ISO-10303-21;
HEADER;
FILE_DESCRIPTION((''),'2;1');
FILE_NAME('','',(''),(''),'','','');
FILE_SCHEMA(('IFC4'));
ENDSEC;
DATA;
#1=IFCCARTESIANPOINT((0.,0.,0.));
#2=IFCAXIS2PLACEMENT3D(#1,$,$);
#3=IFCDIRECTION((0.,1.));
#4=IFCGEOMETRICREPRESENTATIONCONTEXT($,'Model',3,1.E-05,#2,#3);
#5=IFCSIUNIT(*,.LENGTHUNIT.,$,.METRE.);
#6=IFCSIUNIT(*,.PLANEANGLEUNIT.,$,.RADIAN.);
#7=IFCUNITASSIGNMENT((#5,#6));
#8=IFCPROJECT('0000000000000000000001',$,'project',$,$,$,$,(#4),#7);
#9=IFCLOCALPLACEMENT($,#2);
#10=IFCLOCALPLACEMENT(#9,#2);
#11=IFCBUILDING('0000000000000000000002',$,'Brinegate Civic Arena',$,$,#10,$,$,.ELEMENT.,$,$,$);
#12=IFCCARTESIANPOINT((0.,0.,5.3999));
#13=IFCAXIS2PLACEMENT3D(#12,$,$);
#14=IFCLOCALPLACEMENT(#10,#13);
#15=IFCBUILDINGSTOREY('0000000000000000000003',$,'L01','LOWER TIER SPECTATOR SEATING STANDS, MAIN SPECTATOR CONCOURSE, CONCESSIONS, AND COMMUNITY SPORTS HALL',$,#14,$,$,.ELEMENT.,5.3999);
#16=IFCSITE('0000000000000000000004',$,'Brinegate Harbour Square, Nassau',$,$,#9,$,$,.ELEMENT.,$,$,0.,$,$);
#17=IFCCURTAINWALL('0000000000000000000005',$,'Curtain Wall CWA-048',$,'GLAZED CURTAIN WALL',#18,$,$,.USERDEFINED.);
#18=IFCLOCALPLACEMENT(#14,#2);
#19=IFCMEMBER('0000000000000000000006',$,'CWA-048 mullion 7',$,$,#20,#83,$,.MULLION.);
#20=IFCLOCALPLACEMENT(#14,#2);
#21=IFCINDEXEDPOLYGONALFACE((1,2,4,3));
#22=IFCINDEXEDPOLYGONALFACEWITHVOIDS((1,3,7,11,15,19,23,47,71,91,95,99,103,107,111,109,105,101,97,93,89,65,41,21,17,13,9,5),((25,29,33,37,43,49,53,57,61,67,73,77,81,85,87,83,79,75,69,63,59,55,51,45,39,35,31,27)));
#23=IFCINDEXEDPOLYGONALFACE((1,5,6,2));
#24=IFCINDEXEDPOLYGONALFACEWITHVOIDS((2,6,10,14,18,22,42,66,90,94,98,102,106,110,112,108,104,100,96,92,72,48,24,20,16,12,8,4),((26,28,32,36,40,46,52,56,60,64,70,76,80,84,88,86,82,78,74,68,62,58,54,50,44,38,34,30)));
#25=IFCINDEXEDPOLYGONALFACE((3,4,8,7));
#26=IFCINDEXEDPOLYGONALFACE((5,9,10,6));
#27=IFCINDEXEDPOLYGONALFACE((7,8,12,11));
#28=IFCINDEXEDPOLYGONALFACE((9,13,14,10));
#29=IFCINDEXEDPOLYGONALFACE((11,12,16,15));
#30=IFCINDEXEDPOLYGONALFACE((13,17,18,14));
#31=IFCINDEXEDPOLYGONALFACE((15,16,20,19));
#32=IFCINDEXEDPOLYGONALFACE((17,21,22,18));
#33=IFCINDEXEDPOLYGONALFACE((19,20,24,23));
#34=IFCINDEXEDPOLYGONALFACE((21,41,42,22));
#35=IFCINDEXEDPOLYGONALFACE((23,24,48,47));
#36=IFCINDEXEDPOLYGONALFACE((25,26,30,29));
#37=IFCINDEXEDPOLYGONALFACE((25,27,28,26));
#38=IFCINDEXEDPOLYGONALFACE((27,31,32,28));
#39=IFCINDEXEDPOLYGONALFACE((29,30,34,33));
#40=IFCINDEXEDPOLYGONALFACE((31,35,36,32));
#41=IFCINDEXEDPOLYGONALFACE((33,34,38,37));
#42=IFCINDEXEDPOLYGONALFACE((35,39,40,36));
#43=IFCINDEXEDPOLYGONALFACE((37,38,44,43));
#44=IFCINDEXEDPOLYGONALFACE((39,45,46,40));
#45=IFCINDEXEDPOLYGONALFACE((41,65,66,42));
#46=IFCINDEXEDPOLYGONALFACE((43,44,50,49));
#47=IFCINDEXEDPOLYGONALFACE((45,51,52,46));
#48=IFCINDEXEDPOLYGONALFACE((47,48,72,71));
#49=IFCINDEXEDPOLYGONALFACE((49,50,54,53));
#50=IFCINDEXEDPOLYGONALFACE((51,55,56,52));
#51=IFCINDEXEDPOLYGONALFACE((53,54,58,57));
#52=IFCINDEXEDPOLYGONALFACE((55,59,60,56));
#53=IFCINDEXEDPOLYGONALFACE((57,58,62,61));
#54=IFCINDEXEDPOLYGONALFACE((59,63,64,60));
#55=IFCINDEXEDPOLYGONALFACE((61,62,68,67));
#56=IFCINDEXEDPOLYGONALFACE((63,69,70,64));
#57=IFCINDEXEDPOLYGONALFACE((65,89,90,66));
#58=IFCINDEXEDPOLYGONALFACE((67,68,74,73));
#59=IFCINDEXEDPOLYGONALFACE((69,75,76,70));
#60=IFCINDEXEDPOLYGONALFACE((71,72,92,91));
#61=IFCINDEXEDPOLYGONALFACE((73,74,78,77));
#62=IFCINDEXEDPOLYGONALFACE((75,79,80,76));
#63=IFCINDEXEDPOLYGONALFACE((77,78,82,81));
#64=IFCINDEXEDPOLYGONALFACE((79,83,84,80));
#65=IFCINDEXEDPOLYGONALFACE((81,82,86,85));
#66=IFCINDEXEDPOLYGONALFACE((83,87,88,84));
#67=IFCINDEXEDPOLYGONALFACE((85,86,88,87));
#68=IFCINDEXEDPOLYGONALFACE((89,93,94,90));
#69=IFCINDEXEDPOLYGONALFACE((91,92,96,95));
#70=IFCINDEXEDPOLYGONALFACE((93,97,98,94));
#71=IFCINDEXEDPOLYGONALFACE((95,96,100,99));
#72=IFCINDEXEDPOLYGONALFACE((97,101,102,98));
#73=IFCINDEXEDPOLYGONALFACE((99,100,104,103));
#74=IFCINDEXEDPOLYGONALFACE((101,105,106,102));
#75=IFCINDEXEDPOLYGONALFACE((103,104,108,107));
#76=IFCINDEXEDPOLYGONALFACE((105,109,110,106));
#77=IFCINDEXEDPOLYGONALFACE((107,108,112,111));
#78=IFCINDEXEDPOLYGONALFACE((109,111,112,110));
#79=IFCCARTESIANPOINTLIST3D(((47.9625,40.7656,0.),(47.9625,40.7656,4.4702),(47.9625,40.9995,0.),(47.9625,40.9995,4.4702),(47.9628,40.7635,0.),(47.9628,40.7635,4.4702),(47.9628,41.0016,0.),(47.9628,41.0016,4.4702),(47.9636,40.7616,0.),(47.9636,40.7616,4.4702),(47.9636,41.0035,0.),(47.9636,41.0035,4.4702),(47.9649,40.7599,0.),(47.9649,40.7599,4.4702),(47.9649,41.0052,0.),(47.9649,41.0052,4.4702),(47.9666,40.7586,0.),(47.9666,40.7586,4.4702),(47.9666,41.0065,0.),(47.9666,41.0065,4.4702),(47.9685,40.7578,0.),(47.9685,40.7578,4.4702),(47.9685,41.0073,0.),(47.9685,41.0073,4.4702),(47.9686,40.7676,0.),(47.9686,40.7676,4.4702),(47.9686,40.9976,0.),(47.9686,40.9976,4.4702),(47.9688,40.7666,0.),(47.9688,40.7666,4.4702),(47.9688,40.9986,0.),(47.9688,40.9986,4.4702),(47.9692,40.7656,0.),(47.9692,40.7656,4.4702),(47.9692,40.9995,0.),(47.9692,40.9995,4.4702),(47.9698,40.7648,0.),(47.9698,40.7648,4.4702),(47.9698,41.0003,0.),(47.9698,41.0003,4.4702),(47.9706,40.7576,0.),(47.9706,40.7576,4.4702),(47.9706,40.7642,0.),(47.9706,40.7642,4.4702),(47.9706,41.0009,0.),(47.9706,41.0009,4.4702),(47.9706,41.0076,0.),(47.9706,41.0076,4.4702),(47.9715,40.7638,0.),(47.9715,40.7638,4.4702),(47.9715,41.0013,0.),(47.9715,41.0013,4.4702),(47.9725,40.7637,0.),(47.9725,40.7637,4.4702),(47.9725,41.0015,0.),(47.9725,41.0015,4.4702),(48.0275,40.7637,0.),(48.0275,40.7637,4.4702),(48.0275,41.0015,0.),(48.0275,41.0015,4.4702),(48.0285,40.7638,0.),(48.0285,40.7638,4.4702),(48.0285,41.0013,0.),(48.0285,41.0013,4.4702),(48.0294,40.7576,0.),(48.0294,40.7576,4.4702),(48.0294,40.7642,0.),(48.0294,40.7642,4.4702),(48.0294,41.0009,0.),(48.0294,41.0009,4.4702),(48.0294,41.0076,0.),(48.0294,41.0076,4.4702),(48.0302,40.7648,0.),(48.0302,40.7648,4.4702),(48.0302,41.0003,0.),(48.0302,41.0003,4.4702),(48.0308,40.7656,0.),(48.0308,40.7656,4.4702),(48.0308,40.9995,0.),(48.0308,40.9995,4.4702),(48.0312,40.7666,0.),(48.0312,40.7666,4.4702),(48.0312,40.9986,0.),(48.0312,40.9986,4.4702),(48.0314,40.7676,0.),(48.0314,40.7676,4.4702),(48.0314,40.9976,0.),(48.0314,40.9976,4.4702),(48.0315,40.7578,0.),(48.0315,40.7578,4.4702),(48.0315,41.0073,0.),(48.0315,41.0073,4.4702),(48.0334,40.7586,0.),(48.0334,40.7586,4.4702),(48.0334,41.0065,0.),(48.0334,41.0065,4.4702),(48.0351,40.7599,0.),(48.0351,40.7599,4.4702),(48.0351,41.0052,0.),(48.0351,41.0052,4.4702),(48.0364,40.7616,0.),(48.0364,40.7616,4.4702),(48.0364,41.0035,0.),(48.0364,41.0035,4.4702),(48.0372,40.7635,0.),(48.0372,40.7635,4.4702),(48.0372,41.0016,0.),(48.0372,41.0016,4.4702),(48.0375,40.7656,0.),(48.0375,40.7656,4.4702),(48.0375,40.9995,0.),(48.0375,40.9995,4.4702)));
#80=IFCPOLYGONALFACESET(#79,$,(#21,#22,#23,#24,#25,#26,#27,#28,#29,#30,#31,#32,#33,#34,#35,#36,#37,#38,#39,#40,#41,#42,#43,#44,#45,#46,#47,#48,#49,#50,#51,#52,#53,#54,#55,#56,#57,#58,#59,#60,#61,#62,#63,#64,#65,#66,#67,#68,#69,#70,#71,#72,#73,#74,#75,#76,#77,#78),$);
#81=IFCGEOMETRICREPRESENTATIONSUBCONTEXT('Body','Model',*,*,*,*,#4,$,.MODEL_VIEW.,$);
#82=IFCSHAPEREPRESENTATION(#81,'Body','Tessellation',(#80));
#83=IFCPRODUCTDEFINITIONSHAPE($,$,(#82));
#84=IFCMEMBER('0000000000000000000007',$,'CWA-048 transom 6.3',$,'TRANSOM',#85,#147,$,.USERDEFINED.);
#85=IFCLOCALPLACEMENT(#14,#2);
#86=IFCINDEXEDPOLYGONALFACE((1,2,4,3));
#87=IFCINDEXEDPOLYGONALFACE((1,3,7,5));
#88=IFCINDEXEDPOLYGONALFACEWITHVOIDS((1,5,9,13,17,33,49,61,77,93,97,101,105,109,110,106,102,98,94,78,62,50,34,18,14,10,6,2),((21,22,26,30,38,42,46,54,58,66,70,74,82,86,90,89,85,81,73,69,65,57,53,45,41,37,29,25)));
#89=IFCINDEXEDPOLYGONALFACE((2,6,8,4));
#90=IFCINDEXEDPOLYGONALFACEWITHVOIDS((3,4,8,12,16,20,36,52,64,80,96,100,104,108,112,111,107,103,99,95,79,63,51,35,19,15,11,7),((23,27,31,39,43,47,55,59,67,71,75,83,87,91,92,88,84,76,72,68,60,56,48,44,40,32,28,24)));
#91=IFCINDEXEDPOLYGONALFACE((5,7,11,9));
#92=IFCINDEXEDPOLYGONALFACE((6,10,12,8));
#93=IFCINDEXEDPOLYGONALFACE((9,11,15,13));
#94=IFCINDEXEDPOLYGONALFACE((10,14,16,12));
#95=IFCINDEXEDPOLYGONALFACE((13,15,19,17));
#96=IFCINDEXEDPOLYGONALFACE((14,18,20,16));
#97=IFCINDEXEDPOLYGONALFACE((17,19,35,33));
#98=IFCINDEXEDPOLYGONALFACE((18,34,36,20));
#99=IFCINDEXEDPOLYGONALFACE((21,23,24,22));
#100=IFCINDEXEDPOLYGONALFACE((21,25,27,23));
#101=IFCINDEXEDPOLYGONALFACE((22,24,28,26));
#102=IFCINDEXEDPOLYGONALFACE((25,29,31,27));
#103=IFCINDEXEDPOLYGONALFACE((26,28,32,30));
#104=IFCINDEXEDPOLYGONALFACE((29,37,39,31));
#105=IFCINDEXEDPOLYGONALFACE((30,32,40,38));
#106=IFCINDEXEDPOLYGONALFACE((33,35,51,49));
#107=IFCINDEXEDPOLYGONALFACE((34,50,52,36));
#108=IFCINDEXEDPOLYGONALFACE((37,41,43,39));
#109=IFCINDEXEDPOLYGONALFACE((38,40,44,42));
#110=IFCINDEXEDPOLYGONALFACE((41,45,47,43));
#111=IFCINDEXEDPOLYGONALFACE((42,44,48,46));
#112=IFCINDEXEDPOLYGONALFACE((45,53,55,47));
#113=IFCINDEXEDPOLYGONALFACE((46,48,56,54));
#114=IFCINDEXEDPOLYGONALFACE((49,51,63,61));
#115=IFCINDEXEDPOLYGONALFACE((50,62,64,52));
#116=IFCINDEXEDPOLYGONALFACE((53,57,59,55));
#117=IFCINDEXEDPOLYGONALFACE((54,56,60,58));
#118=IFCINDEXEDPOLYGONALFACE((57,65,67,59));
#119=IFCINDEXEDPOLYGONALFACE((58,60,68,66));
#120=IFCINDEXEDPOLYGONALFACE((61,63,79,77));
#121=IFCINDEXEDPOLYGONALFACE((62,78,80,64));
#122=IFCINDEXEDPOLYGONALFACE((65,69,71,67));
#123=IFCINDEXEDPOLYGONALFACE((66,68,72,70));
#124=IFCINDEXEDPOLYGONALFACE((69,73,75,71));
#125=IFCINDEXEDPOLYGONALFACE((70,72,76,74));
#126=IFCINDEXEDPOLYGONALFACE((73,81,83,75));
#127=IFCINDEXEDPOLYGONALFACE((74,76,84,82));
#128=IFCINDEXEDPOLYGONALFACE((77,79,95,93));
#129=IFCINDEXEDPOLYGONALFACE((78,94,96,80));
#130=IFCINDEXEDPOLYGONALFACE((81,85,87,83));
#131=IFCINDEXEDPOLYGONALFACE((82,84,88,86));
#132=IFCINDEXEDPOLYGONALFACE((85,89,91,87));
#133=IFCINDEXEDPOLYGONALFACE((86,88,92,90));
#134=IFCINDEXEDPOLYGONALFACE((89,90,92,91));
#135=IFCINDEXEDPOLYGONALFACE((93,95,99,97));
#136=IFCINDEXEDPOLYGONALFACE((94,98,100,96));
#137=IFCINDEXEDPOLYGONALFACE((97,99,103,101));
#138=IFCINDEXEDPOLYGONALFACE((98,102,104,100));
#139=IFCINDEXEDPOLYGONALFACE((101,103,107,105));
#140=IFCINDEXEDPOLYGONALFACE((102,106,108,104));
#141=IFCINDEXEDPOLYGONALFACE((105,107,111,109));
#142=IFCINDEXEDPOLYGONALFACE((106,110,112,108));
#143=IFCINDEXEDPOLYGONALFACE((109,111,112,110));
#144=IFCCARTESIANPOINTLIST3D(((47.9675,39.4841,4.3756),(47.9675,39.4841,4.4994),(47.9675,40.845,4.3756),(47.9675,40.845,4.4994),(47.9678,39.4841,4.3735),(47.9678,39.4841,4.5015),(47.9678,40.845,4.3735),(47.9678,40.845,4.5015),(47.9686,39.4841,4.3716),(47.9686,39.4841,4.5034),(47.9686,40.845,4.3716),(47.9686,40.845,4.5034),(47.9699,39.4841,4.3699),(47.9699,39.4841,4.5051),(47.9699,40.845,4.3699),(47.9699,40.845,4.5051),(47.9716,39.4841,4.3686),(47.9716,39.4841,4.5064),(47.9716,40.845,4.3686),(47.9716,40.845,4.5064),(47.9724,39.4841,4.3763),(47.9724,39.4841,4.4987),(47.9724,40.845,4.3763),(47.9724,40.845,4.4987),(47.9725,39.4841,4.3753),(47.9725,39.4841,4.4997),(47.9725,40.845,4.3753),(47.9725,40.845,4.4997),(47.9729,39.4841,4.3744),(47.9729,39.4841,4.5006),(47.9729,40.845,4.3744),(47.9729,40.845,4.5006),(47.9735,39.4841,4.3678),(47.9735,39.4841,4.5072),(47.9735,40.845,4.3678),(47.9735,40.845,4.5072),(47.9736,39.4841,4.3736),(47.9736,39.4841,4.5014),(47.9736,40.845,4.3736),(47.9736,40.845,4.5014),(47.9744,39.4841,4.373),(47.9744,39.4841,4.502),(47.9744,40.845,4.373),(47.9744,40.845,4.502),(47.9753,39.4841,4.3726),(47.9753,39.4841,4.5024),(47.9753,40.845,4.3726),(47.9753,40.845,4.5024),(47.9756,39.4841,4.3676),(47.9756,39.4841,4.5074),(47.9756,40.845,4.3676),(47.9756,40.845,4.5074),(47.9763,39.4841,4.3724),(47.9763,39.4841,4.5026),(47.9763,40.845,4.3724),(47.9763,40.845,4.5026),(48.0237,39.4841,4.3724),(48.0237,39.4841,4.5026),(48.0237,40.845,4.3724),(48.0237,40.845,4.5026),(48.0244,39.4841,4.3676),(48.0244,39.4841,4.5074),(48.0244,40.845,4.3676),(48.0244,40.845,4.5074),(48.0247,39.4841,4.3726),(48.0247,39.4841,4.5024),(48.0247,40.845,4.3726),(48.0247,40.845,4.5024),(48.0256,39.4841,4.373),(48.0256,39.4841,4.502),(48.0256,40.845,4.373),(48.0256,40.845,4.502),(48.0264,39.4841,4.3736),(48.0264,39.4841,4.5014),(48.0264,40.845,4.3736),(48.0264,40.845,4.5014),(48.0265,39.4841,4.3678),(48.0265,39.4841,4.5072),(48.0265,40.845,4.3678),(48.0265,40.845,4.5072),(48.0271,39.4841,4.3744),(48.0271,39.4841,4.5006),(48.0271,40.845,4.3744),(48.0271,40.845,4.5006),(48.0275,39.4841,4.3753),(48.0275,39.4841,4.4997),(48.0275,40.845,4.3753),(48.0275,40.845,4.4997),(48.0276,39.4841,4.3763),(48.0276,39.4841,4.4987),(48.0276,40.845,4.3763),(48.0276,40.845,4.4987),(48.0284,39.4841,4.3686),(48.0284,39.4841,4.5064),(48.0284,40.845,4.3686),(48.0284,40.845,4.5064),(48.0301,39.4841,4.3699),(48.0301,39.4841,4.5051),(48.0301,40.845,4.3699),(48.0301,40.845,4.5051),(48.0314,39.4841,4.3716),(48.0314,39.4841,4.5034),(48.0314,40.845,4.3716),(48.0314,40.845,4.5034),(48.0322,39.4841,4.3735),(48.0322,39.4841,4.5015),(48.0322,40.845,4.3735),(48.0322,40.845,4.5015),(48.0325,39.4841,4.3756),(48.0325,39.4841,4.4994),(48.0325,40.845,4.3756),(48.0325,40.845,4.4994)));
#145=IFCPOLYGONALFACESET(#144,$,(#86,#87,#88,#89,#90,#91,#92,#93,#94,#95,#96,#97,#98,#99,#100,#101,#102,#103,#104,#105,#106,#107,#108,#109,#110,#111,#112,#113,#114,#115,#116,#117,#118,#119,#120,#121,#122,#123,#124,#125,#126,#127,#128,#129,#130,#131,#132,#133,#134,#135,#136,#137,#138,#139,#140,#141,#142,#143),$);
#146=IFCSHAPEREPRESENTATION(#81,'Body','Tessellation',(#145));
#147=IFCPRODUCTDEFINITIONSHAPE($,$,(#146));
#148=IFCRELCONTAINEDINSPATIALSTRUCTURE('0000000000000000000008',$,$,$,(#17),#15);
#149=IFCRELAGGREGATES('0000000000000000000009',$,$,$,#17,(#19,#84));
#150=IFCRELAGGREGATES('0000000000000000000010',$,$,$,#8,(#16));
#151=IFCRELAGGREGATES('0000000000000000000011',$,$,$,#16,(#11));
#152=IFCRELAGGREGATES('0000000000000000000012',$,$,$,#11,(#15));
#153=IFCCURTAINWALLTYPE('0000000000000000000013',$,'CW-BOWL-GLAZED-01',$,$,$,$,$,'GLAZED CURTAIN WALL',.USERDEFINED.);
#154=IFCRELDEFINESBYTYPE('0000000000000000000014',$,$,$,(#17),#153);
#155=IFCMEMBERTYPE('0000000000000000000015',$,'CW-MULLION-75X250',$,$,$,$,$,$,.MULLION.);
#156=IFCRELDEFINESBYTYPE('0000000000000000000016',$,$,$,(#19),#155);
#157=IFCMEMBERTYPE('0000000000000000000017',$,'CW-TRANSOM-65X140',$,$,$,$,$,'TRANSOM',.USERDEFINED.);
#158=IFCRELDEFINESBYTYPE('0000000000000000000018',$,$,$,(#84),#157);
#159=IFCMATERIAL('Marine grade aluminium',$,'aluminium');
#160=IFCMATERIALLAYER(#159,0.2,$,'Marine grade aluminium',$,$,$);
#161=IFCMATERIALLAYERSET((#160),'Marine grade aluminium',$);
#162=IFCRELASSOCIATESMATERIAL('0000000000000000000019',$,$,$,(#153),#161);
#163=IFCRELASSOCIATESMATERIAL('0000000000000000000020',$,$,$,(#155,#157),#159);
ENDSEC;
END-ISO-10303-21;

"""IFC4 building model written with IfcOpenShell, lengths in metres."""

from ifc_helpers import new_model, si_unit, direction, frame, origin, origin_2d, place, context, subcontext, project, spatial, hollow_rectangle, extrude, material, layer, layer_set, material_profile, profile_set, type_object, element, aggregate, save


model = new_model("IFC4")

# Units and contexts
model_context = context("Model", 3, precision=1e-05, world=origin(), true_north=direction((0.0, 1.0)))
body_context = subcontext(model_context, "Body", "Model", "MODEL_VIEW")
ifc_project = project(units=[si_unit("LENGTHUNIT", "METRE"), si_unit("PLANEANGLEUNIT", "RADIAN")], contexts=[model_context])

# Site, building, storey
site_placement = place(None, origin())
site = spatial("IfcSite", under=ifc_project, at=site_placement, Name="Brinegate Harbour Square, Nassau", CompositionType="ELEMENT", RefElevation=0.0)
building_placement = place(site_placement, origin())
building = spatial("IfcBuilding", under=site, at=building_placement, Name="Brinegate Civic Arena", CompositionType="ELEMENT")
storey_placement = place(building_placement, frame((0.0, 0.0, 5.3999)))
storey = spatial("IfcBuildingStorey", under=building, at=storey_placement, Name="L01", Description="LOWER TIER SPECTATOR SEATING STANDS, MAIN SPECTATOR CONCOURSE, CONCESSIONS, AND COMMUNITY SPORTS HALL", CompositionType="ELEMENT", Elevation=5.3999)

# Curtain wall, members
ifc_material_1 = material(Name="Marine grade aluminium", Category="aluminium")
ifc_layer_1 = layer(ifc_material_1, 0.2, Name="Marine grade aluminium")
ifc_layer_set_1 = layer_set([ifc_layer_1], Name="Marine grade aluminium")
curtain_wall_type = type_object("IfcCurtainWallType", Name="CW-BOWL-GLAZED-01", ElementType="GLAZED CURTAIN WALL", PredefinedType="USERDEFINED", material=ifc_layer_set_1)
curtain_wall_1_placement = place(storey_placement, origin())
curtain_wall_1 = element("IfcCurtainWall", 1, at=curtain_wall_1_placement, inside=storey, type_object=curtain_wall_type, Name="Curtain Wall CWA-048", ObjectType="GLAZED CURTAIN WALL", PredefinedType="USERDEFINED")
ifc_material_profile_1 = material_profile(ifc_material_1, hollow_rectangle(XDim=0.075, YDim=0.25, WallThickness=0.0061, InnerFilletRadius=0.0039, OuterFilletRadius=0.0081, at=origin_2d()), Name="MUL75X250")
ifc_profile_set_1 = profile_set([ifc_material_profile_1], Name="Marine grade aluminium")
member_type_1 = type_object("IfcMemberType", Name="CW-MULLION-75X250", PredefinedType="MULLION", material=ifc_profile_set_1)
member_1_placement = place(storey_placement, frame((48.0, 40.8826, 0.0), z_axis=(0.0, 0.0, 1.0), x_axis=(-1.0, 0.0, 0.0)))
member_1 = element("IfcMember", 2, at=member_1_placement, type_object=member_type_1, Name="CWA-048 mullion 7", PredefinedType="MULLION", context=body_context, shape_type="SweptSolid", body=[
    extrude(hollow_rectangle(XDim=0.075, YDim=0.25, WallThickness=0.0061, InnerFilletRadius=0.0039, OuterFilletRadius=0.0081, at=origin_2d()), origin(), (0.0, 0.0, 1.0), 4.4702),
])
ifc_material_profile_2 = material_profile(ifc_material_1, hollow_rectangle(XDim=0.0649, YDim=0.1399, WallThickness=0.0049, InnerFilletRadius=0.0039, OuterFilletRadius=0.0081, at=origin_2d()), Name="TRN65X140")
ifc_profile_set_2 = profile_set([ifc_material_profile_2], Name="Marine grade aluminium")
member_type_2 = type_object("IfcMemberType", Name="CW-TRANSOM-65X140", ElementType="TRANSOM", PredefinedType="USERDEFINED", material=ifc_profile_set_2)
member_2_placement = place(storey_placement, frame((48.0, 39.4841, 4.4375), z_axis=(0.0, 1.0, 0.0), x_axis=(-1.0, 0.0, 0.0)))
member_2 = element("IfcMember", 3, at=member_2_placement, type_object=member_type_2, Name="CWA-048 transom 6.3", ObjectType="TRANSOM", PredefinedType="USERDEFINED", context=body_context, shape_type="SweptSolid", body=[
    extrude(hollow_rectangle(XDim=0.0649, YDim=0.1399, WallThickness=0.0049, InnerFilletRadius=0.0039, OuterFilletRadius=0.0081, at=origin_2d()), origin(), (0.0, 0.0, 1.0), 1.3608),
])

aggregate(curtain_wall_1, [member_1, member_2])

save(model, "model.ifc")
